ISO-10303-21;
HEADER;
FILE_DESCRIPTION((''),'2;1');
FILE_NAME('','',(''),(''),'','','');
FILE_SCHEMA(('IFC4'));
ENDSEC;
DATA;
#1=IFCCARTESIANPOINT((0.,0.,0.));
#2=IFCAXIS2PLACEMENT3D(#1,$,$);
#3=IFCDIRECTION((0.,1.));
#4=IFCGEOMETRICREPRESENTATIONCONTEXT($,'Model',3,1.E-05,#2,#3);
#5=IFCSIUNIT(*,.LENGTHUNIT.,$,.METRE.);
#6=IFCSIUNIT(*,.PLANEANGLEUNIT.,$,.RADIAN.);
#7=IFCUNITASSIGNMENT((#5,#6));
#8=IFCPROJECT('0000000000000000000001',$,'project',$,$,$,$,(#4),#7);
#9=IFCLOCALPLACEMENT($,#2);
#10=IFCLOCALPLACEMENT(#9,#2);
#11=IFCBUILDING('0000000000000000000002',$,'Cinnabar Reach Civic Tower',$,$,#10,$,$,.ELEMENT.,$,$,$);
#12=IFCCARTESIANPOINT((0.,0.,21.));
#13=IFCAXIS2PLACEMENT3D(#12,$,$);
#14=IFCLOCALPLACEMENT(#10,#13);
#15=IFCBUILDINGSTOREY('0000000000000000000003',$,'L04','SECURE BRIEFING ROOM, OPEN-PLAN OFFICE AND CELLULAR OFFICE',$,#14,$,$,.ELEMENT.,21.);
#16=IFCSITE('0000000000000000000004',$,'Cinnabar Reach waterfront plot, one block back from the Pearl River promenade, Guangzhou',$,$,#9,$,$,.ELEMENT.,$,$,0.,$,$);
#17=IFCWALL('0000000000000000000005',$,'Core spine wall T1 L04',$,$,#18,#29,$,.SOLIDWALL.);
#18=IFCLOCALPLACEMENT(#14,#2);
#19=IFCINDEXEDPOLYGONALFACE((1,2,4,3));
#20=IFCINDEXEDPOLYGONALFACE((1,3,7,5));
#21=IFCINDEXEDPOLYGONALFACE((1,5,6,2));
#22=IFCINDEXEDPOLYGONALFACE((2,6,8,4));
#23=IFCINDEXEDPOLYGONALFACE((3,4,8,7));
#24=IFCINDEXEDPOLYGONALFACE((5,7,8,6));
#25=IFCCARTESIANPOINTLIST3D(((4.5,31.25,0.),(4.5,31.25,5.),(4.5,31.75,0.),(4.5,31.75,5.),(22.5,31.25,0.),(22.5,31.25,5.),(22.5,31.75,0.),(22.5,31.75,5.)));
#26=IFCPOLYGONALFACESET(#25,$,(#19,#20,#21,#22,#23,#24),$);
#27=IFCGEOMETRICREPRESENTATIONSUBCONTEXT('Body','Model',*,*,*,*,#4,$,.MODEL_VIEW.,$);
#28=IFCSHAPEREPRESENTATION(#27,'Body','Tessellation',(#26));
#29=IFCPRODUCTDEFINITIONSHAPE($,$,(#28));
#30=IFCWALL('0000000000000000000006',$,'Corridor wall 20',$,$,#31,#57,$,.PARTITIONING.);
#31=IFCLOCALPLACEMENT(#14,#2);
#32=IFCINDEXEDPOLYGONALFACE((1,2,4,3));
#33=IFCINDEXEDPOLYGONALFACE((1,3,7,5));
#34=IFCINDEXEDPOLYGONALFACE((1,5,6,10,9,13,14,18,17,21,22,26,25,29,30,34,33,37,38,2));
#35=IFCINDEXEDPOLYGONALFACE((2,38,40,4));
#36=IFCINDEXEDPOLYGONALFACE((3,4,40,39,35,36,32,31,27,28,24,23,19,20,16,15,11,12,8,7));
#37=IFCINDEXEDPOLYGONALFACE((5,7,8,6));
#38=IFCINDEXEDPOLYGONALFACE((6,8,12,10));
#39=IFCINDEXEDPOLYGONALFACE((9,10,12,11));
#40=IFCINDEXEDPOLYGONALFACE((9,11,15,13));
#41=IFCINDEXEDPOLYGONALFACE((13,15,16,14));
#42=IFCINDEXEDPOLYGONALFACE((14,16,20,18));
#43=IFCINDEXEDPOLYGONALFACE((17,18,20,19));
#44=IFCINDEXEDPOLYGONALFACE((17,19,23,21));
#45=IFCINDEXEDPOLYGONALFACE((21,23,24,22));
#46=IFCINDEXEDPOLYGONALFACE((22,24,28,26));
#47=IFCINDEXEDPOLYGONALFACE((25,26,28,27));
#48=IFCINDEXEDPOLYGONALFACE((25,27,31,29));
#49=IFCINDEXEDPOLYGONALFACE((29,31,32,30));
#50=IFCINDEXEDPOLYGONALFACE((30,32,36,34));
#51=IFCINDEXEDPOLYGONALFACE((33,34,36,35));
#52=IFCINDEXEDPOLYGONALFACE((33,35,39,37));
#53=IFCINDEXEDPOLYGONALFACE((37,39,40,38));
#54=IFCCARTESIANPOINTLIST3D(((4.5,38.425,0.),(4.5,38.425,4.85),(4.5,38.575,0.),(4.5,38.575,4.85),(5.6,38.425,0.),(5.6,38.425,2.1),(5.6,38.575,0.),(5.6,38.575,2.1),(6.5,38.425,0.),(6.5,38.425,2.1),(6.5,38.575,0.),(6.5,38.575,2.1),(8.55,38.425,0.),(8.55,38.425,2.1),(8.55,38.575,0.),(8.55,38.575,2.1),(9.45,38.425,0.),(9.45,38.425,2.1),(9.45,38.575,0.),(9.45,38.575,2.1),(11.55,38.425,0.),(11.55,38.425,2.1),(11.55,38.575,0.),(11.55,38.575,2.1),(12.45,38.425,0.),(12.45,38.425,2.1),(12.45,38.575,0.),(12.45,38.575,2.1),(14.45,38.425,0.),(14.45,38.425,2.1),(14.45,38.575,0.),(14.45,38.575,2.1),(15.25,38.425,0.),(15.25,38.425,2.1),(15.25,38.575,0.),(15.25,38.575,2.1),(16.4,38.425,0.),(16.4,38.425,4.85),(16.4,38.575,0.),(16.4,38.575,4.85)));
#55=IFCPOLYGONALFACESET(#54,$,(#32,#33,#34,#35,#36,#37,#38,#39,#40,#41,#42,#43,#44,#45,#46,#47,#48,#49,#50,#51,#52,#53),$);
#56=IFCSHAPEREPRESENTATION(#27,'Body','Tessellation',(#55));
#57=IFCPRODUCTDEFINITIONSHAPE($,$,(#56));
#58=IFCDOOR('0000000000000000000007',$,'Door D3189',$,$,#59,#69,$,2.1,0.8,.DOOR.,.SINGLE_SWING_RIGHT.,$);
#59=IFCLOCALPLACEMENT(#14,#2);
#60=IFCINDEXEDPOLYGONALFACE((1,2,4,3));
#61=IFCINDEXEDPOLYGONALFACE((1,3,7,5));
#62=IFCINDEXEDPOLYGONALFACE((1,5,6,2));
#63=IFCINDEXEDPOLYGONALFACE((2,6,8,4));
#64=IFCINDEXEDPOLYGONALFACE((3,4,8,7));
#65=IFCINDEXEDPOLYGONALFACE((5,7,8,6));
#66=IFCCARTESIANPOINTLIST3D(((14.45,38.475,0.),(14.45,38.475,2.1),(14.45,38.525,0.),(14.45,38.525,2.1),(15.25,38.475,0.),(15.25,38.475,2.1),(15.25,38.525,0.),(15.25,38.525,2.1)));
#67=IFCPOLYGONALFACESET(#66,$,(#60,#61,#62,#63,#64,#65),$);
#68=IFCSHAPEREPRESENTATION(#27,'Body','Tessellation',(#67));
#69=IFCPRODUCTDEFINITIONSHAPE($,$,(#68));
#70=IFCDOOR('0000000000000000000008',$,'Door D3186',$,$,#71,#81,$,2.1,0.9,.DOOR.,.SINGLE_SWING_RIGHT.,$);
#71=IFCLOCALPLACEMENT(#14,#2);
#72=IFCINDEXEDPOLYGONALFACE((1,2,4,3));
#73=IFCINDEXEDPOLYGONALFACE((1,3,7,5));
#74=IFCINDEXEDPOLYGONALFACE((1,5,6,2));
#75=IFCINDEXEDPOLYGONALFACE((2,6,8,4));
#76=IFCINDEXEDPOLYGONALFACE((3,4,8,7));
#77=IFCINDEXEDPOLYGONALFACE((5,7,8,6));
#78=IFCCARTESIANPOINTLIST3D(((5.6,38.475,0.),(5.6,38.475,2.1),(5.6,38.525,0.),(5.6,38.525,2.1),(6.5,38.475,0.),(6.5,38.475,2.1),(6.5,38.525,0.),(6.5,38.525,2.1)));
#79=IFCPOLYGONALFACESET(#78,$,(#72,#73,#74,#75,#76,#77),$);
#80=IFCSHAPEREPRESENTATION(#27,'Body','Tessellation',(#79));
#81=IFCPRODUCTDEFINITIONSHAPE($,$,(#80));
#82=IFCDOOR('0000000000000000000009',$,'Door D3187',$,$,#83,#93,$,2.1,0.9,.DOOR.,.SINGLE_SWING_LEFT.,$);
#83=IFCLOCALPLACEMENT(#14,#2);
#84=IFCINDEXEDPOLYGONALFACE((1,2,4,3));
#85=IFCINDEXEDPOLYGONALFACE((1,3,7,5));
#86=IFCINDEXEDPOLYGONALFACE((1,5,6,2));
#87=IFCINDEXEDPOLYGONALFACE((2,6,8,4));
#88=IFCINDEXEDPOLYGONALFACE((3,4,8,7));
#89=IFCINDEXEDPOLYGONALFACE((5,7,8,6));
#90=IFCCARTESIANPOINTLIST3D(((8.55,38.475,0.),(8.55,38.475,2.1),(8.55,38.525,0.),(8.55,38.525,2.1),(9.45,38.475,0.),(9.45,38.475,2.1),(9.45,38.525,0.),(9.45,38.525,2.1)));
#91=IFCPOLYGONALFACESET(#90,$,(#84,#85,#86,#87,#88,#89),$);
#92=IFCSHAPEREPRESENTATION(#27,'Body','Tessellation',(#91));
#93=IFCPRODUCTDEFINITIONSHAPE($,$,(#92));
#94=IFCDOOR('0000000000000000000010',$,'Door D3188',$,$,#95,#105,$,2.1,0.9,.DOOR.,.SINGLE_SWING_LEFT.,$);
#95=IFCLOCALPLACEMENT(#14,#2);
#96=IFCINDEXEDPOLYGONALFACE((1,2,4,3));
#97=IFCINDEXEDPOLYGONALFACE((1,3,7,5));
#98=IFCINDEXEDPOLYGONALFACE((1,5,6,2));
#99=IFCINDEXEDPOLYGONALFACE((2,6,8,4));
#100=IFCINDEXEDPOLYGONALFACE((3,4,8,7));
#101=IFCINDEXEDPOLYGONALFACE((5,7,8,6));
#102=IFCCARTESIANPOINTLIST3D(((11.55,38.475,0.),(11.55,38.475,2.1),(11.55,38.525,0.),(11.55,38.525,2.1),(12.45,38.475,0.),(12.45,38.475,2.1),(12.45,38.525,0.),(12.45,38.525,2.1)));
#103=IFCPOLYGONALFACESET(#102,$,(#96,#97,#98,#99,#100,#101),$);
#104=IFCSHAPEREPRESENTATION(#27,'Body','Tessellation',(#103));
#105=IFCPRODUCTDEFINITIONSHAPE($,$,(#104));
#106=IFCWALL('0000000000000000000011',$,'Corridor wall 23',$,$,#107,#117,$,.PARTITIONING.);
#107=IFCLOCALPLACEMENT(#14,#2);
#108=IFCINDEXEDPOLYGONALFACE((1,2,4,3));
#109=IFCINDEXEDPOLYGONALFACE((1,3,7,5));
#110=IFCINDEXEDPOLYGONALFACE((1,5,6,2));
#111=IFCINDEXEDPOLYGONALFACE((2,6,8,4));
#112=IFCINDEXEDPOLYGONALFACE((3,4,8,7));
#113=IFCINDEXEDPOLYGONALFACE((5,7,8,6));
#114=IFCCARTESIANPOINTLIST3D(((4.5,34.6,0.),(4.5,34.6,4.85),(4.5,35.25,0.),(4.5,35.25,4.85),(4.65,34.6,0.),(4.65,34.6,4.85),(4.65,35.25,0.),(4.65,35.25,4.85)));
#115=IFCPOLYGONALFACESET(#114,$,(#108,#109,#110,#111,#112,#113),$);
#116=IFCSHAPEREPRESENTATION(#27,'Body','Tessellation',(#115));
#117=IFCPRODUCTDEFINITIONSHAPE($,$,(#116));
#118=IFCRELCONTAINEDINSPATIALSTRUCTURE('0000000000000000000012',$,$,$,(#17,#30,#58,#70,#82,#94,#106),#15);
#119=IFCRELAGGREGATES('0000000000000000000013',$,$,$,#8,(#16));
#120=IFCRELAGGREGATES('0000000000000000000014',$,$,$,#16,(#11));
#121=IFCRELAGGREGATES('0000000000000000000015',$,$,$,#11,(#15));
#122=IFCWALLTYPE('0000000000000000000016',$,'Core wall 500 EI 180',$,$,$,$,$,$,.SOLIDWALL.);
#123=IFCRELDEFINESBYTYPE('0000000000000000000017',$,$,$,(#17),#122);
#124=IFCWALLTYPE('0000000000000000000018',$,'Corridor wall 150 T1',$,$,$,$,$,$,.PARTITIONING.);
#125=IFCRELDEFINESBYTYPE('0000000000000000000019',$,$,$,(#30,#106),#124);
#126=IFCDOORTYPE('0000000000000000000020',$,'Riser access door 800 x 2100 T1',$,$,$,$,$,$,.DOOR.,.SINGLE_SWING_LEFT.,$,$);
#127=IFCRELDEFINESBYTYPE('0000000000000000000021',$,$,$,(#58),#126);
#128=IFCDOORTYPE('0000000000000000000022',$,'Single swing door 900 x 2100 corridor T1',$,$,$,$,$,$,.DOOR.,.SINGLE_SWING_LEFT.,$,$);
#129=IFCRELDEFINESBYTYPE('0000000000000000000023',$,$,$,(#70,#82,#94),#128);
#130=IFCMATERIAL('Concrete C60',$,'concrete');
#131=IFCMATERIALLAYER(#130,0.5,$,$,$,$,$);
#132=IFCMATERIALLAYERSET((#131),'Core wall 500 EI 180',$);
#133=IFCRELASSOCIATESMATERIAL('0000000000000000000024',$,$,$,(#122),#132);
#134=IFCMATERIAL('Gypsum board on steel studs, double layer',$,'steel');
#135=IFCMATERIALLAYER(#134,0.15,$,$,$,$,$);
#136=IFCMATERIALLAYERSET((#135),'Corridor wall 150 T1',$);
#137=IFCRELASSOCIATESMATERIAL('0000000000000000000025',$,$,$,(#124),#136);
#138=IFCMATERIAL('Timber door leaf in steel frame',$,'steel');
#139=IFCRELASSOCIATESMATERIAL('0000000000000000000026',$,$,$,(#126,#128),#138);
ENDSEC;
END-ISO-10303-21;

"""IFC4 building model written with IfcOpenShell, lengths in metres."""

from ifc_helpers import new_model, si_unit, direction, frame, frame_2d, origin, place, context, subcontext, project, spatial, rectangle, extrude, material, layer, layer_set, type_object, element, fill, save


model = new_model("IFC4")

# Units and contexts
model_context = context("Model", 3, precision=1e-05, world=origin(), true_north=direction((0.0, 1.0)))
body_context = subcontext(model_context, "Body", "Model", "MODEL_VIEW")
ifc_project = project(units=[si_unit("LENGTHUNIT", "METRE"), si_unit("PLANEANGLEUNIT", "RADIAN")], contexts=[model_context])

# Site, building, storey
site_placement = place(None, origin())
site = spatial("IfcSite", under=ifc_project, at=site_placement, Name="Cinnabar Reach waterfront plot, one block back from the Pearl River promenade, Guangzhou", CompositionType="ELEMENT", RefElevation=0.0)
building_placement = place(site_placement, origin())
building = spatial("IfcBuilding", under=site, at=building_placement, Name="Cinnabar Reach Civic Tower", CompositionType="ELEMENT")
storey_placement = place(building_placement, frame((0.0, 0.0, 21.0)))
storey = spatial("IfcBuildingStorey", under=building, at=storey_placement, Name="L04", Description="SECURE BRIEFING ROOM, OPEN-PLAN OFFICE AND CELLULAR OFFICE", CompositionType="ELEMENT", Elevation=21.0)

# Wall
ifc_material_1 = material(Name="Concrete C60", Category="concrete")
ifc_layer_1 = layer(ifc_material_1, 0.5)
ifc_layer_set_1 = layer_set([ifc_layer_1], Name="Core wall 500 EI 180")
wall_type_1 = type_object("IfcWallType", Name="Core wall 500 EI 180", PredefinedType="SOLIDWALL", material=ifc_layer_set_1)
wall_1_placement = place(storey_placement, frame((4.5, 31.5, 0.0), z_axis=(0.0, 0.0, 1.0), x_axis=(1.0, 0.0, 0.0)))
element("IfcWall", 1, at=wall_1_placement, inside=storey, type_object=wall_type_1, Name="Core spine wall T1 L04", PredefinedType="SOLIDWALL", context=body_context, shape_type="SweptSolid", body=[
    extrude(rectangle(XDim=18.0, YDim=0.5, at=frame_2d((9.0, 0.0))), origin(), (0.0, 0.0, 1.0), 5.0),
])

# Wall, openings, doors
ifc_material_2 = material(Name="Gypsum board on steel studs, double layer", Category="steel")
ifc_layer_2 = layer(ifc_material_2, 0.15)
ifc_layer_set_2 = layer_set([ifc_layer_2], Name="Corridor wall 150 T1")
wall_type_2 = type_object("IfcWallType", Name="Corridor wall 150 T1", PredefinedType="PARTITIONING", material=ifc_layer_set_2)
wall_2_placement = place(storey_placement, frame((4.5, 38.5, 0.0), z_axis=(0.0, 0.0, 1.0), x_axis=(1.0, 0.0, 0.0)))
wall_2 = element("IfcWall", 2, at=wall_2_placement, inside=storey, type_object=wall_type_2, Name="Corridor wall 20", PredefinedType="PARTITIONING", context=body_context, shape_type="SweptSolid", body=[
    extrude(rectangle(XDim=11.9, YDim=0.15, at=frame_2d((5.95, 0.0))), origin(), (0.0, 0.0, 1.0), 4.85),
])
opening_1_placement = place(wall_2_placement, frame((1.1, 0.0, 0.0)))
opening_1 = element("IfcOpeningElement", 3, at=opening_1_placement, cuts=wall_2, PredefinedType="OPENING", context=body_context, shape_type="SweptSolid", body=[
    extrude(rectangle(XDim=0.9, YDim=2.1, at=frame_2d((0.45, 1.05))), frame((0.0, 0.085, 0.0), z_axis=(0.0, -1.0, 0.0), x_axis=(1.0, 0.0, 0.0)), (0.0, 0.0, 1.0), 0.17),
])
opening_2_placement = place(wall_2_placement, frame((4.05, 0.0, 0.0)))
opening_2 = element("IfcOpeningElement", 4, at=opening_2_placement, cuts=wall_2, PredefinedType="OPENING", context=body_context, shape_type="SweptSolid", body=[
    extrude(rectangle(XDim=0.9, YDim=2.1, at=frame_2d((0.45, 1.05))), frame((0.0, 0.085, 0.0), z_axis=(0.0, -1.0, 0.0), x_axis=(1.0, 0.0, 0.0)), (0.0, 0.0, 1.0), 0.17),
])
opening_3_placement = place(wall_2_placement, frame((7.05, 0.0, 0.0)))
opening_3 = element("IfcOpeningElement", 5, at=opening_3_placement, cuts=wall_2, PredefinedType="OPENING", context=body_context, shape_type="SweptSolid", body=[
    extrude(rectangle(XDim=0.9, YDim=2.1, at=frame_2d((0.45, 1.05))), frame((0.0, 0.085, 0.0), z_axis=(0.0, -1.0, 0.0), x_axis=(1.0, 0.0, 0.0)), (0.0, 0.0, 1.0), 0.17),
])
opening_4_placement = place(wall_2_placement, frame((9.95, 0.0, 0.0)))
opening_4 = element("IfcOpeningElement", 6, at=opening_4_placement, cuts=wall_2, PredefinedType="OPENING", context=body_context, shape_type="SweptSolid", body=[
    extrude(rectangle(XDim=0.8, YDim=2.1, at=frame_2d((0.4, 1.05))), frame((0.0, 0.085, 0.0), z_axis=(0.0, -1.0, 0.0), x_axis=(1.0, 0.0, 0.0)), (0.0, 0.0, 1.0), 0.17),
])
ifc_material_3 = material(Name="Timber door leaf in steel frame", Category="steel")
door_type_1 = type_object("IfcDoorType", Name="Riser access door 800 x 2100 T1", OperationType="SINGLE_SWING_LEFT", PredefinedType="DOOR", material=ifc_material_3)
door_1_placement = place(opening_4_placement, origin())
door_1 = element("IfcDoor", 7, at=door_1_placement, inside=storey, type_object=door_type_1, Name="Door D3189", OperationType="SINGLE_SWING_RIGHT", OverallHeight=2.1, OverallWidth=0.8, PredefinedType="DOOR", context=body_context, shape_type="SweptSolid", body=[
    extrude(rectangle(XDim=0.8, YDim=2.1, at=frame_2d((0.4, 1.05))), frame((0.0, 0.025, 0.0), z_axis=(0.0, -1.0, 0.0), x_axis=(1.0, 0.0, 0.0)), (0.0, 0.0, 1.0), 0.05),
])
fill(opening_4, door_1)
door_type_2 = type_object("IfcDoorType", Name="Single swing door 900 x 2100 corridor T1", OperationType="SINGLE_SWING_LEFT", PredefinedType="DOOR", material=ifc_material_3)
door_2_placement = place(opening_1_placement, origin())
door_2 = element("IfcDoor", 8, at=door_2_placement, inside=storey, type_object=door_type_2, Name="Door D3186", OperationType="SINGLE_SWING_RIGHT", OverallHeight=2.1, OverallWidth=0.9, PredefinedType="DOOR", context=body_context, shape_type="SweptSolid", body=[
    extrude(rectangle(XDim=0.9, YDim=2.1, at=frame_2d((0.45, 1.05))), frame((0.0, 0.025, 0.0), z_axis=(0.0, -1.0, 0.0), x_axis=(1.0, 0.0, 0.0)), (0.0, 0.0, 1.0), 0.05),
])
fill(opening_1, door_2)
door_3_placement = place(opening_2_placement, origin())
door_3 = element("IfcDoor", 9, at=door_3_placement, inside=storey, type_object=door_type_2, Name="Door D3187", OperationType="SINGLE_SWING_LEFT", OverallHeight=2.1, OverallWidth=0.9, PredefinedType="DOOR", context=body_context, shape_type="SweptSolid", body=[
    extrude(rectangle(XDim=0.9, YDim=2.1, at=frame_2d((0.45, 1.05))), frame((0.0, 0.025, 0.0), z_axis=(0.0, -1.0, 0.0), x_axis=(1.0, 0.0, 0.0)), (0.0, 0.0, 1.0), 0.05),
])
fill(opening_2, door_3)
door_4_placement = place(opening_3_placement, origin())
door_4 = element("IfcDoor", 10, at=door_4_placement, inside=storey, type_object=door_type_2, Name="Door D3188", OperationType="SINGLE_SWING_LEFT", OverallHeight=2.1, OverallWidth=0.9, PredefinedType="DOOR", context=body_context, shape_type="SweptSolid", body=[
    extrude(rectangle(XDim=0.9, YDim=2.1, at=frame_2d((0.45, 1.05))), frame((0.0, 0.025, 0.0), z_axis=(0.0, -1.0, 0.0), x_axis=(1.0, 0.0, 0.0)), (0.0, 0.0, 1.0), 0.05),
])
fill(opening_3, door_4)

# Wall
wall_3_placement = place(storey_placement, frame((4.575, 34.6, 0.0), z_axis=(0.0, 0.0, 1.0), x_axis=(0.0, 1.0, 0.0)))
element("IfcWall", 11, at=wall_3_placement, inside=storey, type_object=wall_type_2, Name="Corridor wall 23", PredefinedType="PARTITIONING", context=body_context, shape_type="SweptSolid", body=[
    extrude(rectangle(XDim=0.65, YDim=0.15, at=frame_2d((0.325, 0.0))), origin(), (0.0, 0.0, 1.0), 4.85),
])

save(model, "model.ifc")
